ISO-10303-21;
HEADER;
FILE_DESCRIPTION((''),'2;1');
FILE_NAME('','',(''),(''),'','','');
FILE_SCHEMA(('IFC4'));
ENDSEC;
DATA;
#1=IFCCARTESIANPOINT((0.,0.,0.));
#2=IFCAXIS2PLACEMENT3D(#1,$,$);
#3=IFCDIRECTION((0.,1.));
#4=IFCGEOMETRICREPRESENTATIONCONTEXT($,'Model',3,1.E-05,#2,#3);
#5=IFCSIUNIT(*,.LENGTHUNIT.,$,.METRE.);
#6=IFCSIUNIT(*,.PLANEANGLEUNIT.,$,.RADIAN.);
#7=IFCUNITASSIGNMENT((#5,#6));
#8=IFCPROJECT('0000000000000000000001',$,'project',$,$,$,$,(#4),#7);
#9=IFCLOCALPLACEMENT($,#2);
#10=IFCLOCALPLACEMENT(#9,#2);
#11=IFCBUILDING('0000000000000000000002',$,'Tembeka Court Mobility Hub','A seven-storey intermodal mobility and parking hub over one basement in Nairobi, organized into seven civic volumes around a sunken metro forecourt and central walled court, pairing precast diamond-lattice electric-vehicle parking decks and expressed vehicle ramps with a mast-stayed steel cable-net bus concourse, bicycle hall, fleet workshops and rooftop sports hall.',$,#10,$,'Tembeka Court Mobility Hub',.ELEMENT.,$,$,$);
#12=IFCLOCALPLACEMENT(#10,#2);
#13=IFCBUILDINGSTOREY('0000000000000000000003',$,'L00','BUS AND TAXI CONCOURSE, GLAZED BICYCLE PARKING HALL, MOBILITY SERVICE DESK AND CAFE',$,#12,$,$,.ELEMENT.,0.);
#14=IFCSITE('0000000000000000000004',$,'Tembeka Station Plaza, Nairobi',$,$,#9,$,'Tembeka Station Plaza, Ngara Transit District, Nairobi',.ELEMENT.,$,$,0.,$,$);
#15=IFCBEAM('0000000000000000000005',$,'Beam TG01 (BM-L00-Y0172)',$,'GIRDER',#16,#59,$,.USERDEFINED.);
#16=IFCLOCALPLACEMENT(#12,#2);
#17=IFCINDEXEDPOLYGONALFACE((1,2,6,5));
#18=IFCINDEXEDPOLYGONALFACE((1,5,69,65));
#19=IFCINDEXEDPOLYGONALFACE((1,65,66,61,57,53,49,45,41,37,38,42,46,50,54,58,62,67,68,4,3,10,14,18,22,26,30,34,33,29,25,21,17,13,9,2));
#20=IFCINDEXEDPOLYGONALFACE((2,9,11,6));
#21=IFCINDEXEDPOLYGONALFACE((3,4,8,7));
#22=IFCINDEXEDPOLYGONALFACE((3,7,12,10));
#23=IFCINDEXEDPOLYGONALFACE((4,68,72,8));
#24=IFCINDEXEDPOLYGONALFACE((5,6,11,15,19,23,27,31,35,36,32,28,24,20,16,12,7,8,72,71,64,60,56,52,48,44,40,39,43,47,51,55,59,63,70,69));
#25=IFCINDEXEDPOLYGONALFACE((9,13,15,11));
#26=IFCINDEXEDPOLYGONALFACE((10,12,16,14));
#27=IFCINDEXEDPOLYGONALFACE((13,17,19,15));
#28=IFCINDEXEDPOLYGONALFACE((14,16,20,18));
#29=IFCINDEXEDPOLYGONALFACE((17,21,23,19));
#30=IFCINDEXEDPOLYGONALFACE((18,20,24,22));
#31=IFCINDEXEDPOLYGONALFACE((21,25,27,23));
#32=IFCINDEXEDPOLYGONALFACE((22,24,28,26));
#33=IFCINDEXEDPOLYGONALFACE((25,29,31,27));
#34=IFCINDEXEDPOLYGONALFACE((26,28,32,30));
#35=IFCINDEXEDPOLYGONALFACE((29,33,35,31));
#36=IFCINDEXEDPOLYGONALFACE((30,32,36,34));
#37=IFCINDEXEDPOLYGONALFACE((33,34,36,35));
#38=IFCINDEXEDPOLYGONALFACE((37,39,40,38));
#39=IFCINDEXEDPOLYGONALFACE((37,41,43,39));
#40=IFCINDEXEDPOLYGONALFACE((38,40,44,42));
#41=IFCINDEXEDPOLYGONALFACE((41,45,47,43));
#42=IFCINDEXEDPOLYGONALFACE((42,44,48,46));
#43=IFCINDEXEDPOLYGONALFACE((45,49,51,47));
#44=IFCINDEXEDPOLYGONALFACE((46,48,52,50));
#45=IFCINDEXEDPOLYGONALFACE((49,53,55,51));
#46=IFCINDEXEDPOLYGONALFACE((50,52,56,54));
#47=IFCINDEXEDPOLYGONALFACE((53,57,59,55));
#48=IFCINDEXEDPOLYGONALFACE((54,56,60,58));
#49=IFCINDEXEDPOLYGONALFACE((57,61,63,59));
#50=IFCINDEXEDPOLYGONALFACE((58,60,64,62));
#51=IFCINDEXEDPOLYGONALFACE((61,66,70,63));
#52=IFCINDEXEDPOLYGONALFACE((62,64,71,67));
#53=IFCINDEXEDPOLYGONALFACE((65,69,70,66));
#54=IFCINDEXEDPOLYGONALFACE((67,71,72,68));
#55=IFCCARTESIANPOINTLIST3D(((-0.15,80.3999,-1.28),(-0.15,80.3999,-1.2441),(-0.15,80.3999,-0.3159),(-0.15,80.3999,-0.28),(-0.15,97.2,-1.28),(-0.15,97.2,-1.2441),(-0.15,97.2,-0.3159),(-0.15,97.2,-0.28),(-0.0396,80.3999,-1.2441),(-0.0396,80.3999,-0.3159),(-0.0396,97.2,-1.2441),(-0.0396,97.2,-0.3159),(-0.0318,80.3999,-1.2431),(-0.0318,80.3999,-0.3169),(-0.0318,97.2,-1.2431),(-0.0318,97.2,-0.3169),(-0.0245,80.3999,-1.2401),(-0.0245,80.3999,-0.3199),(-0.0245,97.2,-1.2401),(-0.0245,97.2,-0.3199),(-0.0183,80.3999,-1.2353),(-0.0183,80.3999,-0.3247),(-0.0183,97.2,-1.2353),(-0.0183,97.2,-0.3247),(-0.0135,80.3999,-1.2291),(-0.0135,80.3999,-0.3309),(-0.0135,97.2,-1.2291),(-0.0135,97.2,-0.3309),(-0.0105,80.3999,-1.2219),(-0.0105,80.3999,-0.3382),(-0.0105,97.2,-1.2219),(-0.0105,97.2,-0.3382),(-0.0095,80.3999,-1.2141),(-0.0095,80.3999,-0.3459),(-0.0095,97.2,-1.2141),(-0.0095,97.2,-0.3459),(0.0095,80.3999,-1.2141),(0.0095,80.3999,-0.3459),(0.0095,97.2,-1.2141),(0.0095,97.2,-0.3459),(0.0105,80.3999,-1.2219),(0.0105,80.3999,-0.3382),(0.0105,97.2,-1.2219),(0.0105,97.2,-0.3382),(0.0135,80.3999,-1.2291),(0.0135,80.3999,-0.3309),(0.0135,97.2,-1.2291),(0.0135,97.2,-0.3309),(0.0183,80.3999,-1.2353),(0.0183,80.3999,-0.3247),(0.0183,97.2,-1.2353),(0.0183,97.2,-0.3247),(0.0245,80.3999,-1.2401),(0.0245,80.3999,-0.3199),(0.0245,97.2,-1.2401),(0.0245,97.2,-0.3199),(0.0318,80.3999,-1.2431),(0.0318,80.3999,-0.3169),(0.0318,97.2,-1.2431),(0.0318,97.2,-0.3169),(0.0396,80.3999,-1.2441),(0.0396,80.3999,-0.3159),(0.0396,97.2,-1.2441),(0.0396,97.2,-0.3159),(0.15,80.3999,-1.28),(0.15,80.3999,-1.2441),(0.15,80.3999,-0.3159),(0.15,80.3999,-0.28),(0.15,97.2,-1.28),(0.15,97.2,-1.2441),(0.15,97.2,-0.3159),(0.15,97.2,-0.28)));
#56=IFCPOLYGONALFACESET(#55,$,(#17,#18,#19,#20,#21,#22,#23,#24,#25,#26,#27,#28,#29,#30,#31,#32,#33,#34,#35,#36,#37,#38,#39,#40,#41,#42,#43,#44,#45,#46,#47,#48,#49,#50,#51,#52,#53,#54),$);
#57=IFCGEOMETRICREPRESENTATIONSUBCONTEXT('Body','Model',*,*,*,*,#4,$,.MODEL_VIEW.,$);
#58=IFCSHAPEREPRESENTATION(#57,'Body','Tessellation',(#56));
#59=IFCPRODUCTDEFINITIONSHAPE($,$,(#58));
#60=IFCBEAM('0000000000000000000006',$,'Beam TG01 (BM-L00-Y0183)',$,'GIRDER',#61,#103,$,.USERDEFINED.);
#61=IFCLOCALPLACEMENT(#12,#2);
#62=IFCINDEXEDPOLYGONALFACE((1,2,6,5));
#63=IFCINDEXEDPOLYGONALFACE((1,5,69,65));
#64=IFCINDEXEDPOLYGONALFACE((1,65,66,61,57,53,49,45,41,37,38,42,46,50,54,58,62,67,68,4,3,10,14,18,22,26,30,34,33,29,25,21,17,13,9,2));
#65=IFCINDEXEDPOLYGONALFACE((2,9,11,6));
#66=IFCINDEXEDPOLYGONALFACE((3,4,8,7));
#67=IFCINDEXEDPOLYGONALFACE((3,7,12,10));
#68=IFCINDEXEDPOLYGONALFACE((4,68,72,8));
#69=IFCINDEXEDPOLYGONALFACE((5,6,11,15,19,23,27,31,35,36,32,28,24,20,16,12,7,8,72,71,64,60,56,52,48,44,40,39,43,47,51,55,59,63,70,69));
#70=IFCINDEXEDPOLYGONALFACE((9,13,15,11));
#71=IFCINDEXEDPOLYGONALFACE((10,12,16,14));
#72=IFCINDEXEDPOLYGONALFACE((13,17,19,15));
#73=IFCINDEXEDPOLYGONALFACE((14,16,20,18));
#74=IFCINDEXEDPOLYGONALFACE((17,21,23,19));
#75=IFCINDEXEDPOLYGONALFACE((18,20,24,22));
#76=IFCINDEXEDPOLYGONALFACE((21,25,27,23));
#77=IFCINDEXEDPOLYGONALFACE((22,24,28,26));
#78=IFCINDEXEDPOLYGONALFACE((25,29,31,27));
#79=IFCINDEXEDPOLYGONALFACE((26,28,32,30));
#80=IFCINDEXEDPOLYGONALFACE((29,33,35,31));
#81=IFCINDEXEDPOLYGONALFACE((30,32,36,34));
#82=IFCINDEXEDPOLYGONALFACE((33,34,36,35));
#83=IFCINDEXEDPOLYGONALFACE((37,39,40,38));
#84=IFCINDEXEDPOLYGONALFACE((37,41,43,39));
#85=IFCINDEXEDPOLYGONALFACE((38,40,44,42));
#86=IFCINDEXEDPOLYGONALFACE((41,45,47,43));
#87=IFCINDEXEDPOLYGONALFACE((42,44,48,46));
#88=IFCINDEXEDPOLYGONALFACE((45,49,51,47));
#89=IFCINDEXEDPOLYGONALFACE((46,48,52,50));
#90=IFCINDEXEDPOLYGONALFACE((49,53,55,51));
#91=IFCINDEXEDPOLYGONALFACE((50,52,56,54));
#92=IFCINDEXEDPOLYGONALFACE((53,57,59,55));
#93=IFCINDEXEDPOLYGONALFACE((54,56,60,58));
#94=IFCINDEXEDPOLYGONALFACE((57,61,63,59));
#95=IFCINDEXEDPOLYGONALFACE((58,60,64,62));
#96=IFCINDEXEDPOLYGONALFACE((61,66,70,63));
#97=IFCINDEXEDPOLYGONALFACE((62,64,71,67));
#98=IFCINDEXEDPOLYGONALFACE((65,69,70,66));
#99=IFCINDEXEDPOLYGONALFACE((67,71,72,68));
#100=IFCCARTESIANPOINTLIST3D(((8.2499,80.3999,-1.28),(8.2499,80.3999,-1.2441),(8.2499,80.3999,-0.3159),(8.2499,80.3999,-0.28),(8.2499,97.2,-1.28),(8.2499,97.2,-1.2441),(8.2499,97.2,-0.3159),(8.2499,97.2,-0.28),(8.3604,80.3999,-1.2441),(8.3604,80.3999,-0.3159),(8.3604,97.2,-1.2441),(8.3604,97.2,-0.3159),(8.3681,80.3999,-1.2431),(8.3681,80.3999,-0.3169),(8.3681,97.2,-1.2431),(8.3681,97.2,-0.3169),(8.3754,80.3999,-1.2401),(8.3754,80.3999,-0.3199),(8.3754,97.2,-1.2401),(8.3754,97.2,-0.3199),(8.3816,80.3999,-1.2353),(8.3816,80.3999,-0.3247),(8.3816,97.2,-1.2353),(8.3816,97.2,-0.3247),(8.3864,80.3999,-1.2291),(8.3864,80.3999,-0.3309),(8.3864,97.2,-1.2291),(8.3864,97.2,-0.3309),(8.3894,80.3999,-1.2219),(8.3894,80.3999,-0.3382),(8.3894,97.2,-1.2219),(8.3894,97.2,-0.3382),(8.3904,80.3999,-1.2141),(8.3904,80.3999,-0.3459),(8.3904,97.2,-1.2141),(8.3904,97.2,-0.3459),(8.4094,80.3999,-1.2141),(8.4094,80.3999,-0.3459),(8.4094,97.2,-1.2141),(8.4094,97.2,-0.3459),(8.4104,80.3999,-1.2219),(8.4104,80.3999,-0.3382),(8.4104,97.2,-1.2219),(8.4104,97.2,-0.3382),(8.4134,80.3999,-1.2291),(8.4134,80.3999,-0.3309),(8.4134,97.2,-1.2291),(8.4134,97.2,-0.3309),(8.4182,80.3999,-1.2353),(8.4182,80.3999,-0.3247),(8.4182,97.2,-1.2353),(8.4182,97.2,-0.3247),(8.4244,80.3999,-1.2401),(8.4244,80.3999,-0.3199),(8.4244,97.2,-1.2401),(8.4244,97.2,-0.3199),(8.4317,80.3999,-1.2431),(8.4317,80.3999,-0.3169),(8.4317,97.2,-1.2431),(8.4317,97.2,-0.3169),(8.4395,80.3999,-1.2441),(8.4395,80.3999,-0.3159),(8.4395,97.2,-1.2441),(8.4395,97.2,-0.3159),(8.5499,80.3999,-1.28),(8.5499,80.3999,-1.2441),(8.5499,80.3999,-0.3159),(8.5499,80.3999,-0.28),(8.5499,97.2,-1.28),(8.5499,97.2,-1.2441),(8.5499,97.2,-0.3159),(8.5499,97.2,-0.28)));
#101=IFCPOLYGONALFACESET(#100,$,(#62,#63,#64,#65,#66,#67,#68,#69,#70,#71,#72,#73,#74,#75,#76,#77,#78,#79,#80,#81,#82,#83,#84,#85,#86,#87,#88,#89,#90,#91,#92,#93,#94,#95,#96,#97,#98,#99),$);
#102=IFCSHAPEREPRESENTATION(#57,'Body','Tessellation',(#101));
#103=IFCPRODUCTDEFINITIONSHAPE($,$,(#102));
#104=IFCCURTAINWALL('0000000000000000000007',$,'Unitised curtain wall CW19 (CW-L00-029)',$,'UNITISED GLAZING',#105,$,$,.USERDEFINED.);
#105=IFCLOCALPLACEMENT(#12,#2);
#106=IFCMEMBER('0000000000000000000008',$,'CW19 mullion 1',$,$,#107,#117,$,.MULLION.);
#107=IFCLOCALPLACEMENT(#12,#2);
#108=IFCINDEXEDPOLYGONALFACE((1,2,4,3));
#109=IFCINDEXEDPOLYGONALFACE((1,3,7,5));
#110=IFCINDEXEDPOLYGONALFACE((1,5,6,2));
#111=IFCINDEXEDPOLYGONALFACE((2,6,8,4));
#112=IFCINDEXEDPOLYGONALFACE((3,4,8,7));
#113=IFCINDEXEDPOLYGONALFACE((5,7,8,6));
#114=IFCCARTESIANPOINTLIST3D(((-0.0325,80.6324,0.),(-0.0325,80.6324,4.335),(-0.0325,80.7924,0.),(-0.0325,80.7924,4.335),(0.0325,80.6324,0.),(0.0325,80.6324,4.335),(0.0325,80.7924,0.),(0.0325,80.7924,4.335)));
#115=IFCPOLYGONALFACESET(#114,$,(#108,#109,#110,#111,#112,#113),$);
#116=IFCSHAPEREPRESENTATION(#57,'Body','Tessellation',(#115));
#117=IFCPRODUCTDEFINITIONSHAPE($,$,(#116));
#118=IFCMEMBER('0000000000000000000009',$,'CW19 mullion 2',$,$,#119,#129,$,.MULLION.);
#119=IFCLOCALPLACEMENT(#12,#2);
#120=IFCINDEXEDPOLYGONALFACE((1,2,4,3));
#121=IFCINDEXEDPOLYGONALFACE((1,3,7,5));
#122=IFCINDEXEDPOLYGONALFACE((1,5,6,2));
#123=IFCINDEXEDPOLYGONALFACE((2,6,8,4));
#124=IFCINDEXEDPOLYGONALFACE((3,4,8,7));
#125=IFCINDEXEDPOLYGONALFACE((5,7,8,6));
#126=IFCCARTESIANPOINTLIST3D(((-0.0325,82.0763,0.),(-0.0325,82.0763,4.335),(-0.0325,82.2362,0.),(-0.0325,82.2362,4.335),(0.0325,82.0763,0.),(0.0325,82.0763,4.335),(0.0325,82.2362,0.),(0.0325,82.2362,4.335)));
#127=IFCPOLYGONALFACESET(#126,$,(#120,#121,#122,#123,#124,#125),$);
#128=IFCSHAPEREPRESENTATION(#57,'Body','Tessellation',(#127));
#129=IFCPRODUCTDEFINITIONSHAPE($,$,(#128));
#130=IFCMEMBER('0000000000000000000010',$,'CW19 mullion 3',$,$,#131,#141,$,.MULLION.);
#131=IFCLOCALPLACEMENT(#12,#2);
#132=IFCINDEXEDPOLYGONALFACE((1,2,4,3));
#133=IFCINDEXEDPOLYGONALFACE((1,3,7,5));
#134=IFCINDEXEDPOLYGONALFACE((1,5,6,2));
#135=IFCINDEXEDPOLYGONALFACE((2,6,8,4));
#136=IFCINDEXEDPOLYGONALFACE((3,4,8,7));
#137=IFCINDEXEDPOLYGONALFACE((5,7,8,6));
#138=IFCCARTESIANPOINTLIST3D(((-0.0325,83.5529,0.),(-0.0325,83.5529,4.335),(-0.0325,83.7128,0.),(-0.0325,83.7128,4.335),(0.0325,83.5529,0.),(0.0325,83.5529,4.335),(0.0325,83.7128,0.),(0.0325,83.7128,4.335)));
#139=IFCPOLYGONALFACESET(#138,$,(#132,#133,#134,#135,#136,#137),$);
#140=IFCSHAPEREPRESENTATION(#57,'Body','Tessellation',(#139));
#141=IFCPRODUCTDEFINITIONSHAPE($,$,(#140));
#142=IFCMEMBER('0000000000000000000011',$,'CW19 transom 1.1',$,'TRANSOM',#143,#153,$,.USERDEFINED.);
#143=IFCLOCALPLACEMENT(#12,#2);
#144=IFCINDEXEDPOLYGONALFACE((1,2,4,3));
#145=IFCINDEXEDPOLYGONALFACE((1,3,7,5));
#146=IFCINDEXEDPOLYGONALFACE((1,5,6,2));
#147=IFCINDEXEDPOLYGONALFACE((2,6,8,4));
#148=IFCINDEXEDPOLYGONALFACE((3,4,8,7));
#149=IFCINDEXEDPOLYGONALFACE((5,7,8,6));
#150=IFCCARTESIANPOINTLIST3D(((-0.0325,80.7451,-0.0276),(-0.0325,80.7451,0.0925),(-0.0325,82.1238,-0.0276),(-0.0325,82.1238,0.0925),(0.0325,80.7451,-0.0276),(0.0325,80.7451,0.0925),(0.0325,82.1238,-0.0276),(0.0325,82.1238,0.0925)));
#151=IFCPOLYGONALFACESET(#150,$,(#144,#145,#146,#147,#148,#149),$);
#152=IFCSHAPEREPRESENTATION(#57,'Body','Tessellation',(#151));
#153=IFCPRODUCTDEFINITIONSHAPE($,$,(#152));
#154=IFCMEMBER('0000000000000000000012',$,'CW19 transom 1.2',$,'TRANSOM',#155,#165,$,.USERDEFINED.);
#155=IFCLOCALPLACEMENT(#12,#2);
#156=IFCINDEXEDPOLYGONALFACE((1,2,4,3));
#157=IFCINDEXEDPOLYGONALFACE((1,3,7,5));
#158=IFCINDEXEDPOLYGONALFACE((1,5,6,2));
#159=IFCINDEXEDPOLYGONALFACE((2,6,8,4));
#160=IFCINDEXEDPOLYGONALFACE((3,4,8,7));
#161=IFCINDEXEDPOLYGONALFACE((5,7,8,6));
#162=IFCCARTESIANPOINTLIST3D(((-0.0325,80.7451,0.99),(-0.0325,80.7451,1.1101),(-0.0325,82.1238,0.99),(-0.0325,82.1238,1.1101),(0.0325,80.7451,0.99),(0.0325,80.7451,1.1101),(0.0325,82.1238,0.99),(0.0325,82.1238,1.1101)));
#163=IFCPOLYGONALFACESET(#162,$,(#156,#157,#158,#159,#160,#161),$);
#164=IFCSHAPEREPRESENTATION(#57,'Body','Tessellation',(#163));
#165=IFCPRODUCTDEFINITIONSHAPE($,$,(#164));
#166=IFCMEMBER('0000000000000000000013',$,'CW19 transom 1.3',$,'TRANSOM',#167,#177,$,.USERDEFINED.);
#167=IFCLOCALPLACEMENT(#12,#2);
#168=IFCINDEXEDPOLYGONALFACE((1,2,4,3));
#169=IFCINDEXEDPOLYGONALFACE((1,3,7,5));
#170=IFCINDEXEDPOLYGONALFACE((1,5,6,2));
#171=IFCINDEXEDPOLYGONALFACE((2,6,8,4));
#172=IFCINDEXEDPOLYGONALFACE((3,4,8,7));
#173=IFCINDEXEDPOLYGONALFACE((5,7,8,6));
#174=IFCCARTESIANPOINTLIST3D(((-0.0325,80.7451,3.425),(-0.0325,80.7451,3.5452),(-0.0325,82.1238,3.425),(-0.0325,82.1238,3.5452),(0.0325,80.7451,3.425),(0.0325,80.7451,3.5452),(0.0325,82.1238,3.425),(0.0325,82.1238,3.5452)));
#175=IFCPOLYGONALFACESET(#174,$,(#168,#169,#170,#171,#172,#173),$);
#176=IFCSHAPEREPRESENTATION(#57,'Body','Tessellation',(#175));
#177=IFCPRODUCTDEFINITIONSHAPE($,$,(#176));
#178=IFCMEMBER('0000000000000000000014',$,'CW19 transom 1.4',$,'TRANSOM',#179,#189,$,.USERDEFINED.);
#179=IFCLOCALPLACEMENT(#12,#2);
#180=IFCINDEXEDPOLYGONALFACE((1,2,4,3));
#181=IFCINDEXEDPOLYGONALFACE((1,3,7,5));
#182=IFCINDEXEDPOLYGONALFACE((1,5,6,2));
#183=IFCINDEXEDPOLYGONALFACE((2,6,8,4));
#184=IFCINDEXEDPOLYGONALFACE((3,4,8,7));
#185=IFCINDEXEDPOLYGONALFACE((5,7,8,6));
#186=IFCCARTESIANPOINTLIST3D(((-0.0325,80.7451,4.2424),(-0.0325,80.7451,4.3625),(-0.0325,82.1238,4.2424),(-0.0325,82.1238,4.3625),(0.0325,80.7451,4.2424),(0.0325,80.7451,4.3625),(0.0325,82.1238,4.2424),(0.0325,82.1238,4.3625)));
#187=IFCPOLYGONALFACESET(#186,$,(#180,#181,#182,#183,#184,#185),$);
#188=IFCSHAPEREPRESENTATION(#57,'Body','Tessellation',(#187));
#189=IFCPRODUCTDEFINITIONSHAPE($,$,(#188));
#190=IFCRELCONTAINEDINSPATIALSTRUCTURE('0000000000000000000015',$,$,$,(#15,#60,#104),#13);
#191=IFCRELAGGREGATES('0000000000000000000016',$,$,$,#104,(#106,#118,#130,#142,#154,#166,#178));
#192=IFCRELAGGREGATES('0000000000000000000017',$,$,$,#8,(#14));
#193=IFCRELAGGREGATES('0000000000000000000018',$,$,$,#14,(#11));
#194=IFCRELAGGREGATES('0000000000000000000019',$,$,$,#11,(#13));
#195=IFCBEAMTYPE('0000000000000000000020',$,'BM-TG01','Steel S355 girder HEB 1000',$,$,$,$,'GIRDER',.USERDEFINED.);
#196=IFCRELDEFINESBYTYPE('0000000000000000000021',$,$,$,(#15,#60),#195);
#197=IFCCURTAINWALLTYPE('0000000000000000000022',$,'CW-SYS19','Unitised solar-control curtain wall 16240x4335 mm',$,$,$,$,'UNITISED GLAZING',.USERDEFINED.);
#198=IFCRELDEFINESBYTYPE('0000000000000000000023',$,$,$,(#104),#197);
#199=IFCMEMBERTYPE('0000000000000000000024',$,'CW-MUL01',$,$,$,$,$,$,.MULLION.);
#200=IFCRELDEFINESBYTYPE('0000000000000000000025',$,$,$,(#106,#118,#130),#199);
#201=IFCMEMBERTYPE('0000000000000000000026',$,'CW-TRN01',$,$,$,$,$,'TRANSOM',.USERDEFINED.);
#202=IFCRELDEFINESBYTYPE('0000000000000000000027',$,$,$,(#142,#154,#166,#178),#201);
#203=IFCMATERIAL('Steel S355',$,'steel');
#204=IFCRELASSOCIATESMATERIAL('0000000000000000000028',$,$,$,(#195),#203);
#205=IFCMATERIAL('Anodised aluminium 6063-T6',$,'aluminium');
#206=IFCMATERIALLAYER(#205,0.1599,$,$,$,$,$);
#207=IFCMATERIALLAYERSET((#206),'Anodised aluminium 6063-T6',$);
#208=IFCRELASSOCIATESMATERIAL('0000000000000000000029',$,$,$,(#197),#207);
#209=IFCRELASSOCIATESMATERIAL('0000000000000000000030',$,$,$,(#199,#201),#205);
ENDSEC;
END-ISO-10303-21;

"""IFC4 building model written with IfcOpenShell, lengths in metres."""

from ifc_helpers import new_model, si_unit, direction, frame, origin, origin_2d, place, context, subcontext, project, spatial, rectangle, i_section, extrude, material, layer, layer_set, material_profile, profile_set, type_object, element, aggregate, save


model = new_model("IFC4")

# Units and contexts
model_context = context("Model", 3, precision=1e-05, world=origin(), true_north=direction((0.0, 1.0)))
body_context = subcontext(model_context, "Body", "Model", "MODEL_VIEW")
ifc_project = project(units=[si_unit("LENGTHUNIT", "METRE"), si_unit("PLANEANGLEUNIT", "RADIAN")], contexts=[model_context])

# Site, building, storey
site_placement = place(None, origin())
site = spatial("IfcSite", under=ifc_project, at=site_placement, Name="Tembeka Station Plaza, Nairobi", LongName="Tembeka Station Plaza, Ngara Transit District, Nairobi", CompositionType="ELEMENT", RefElevation=0.0)
building_placement = place(site_placement, origin())
building = spatial("IfcBuilding", under=site, at=building_placement, Name="Tembeka Court Mobility Hub", Description="A seven-storey intermodal mobility and parking hub over one basement in Nairobi, organized into seven civic volumes around a sunken metro forecourt and central walled court, pairing precast diamond-lattice electric-vehicle parking decks and expressed vehicle ramps with a mast-stayed steel cable-net bus concourse, bicycle hall, fleet workshops and rooftop sports hall.", LongName="Tembeka Court Mobility Hub", CompositionType="ELEMENT")
storey_placement = place(building_placement, origin())
storey = spatial("IfcBuildingStorey", under=building, at=storey_placement, Name="L00", Description="BUS AND TAXI CONCOURSE, GLAZED BICYCLE PARKING HALL, MOBILITY SERVICE DESK AND CAFE", CompositionType="ELEMENT", Elevation=0.0)

# Shared definitions
ifc_material_1 = material(Name="Steel S355", Category="steel")

# Beams
ifc_material_profile_1 = material_profile(ifc_material_1, i_section(OverallWidth=0.3, OverallDepth=1.0, WebThickness=0.019, FlangeThickness=0.0359, FilletRadius=0.03, at=origin_2d()), Name="HEB 1000")
ifc_profile_set_1 = profile_set([ifc_material_profile_1], Name="Steel S355")
beam_type_1 = type_object("IfcBeamType", Name="BM-TG01", Description="Steel S355 girder HEB 1000", ElementType="GIRDER", PredefinedType="USERDEFINED", material=ifc_profile_set_1)
for number, where, z_axis, x_axis, name in (
    (1, (0.0, 80.3999, -0.78), (0.0, 1.0, 0.0), (-1.0, 0.0, 0.0), "Beam TG01 (BM-L00-Y0172)"),
    (2, (8.3999, 80.3999, -0.78), (0.0, 1.0, 0.0), (-1.0, 0.0, 0.0), "Beam TG01 (BM-L00-Y0183)"),
):
    element("IfcBeam", number, at=place(storey_placement, frame(where, z_axis=z_axis, x_axis=x_axis)), inside=storey, type_object=beam_type_1, Name=name, ObjectType="GIRDER", PredefinedType="USERDEFINED", context=body_context, shape_type="SweptSolid", body=[
        extrude(i_section(OverallWidth=0.3, OverallDepth=1.0, WebThickness=0.019, FlangeThickness=0.0359, FilletRadius=0.03, at=origin_2d()), origin(), (0.0, 0.0, 1.0), 16.8),
    ])

# Curtain wall, members
ifc_material_2 = material(Name="Anodised aluminium 6063-T6", Category="aluminium")
ifc_layer_1 = layer(ifc_material_2, 0.1599)
ifc_layer_set_1 = layer_set([ifc_layer_1], Name="Anodised aluminium 6063-T6")
curtain_wall_type = type_object("IfcCurtainWallType", Name="CW-SYS19", Description="Unitised solar-control curtain wall 16240x4335 mm", ElementType="UNITISED GLAZING", PredefinedType="USERDEFINED", material=ifc_layer_set_1)
curtain_wall_placement = place(storey_placement, origin())
curtain_wall = element("IfcCurtainWall", 3, at=curtain_wall_placement, inside=storey, type_object=curtain_wall_type, Name="Unitised curtain wall CW19 (CW-L00-029)", ObjectType="UNITISED GLAZING", PredefinedType="USERDEFINED")
ifc_material_profile_2 = material_profile(ifc_material_2, rectangle(XDim=0.0649, YDim=0.1599, at=origin_2d()), Name="ALU-MUL 65x160")
ifc_profile_set_2 = profile_set([ifc_material_profile_2], Name="Anodised aluminium 6063-T6")
member_type_1 = type_object("IfcMemberType", Name="CW-MUL01", PredefinedType="MULLION", material=ifc_profile_set_2)
member_1_placement = place(storey_placement, frame((0.0, 80.7124, 0.0), z_axis=(0.0, 0.0, 1.0), x_axis=(-1.0, 0.0, 0.0)))
member_1 = element("IfcMember", 4, at=member_1_placement, type_object=member_type_1, Name="CW19 mullion 1", PredefinedType="MULLION", context=body_context, shape_type="SweptSolid", body=[
    extrude(rectangle(XDim=0.0649, YDim=0.1599, at=origin_2d()), origin(), (0.0, 0.0, 1.0), 4.335),
])
member_2_placement = place(storey_placement, frame((0.0, 82.1562, 0.0), z_axis=(0.0, 0.0, 1.0), x_axis=(-1.0, 0.0, 0.0)))
member_2 = element("IfcMember", 5, at=member_2_placement, type_object=member_type_1, Name="CW19 mullion 2", PredefinedType="MULLION", context=body_context, shape_type="SweptSolid", body=[
    extrude(rectangle(XDim=0.0649, YDim=0.1599, at=origin_2d()), origin(), (0.0, 0.0, 1.0), 4.335),
])
member_3_placement = place(storey_placement, frame((0.0, 83.6328, 0.0), z_axis=(0.0, 0.0, 1.0), x_axis=(-1.0, 0.0, 0.0)))
member_3 = element("IfcMember", 6, at=member_3_placement, type_object=member_type_1, Name="CW19 mullion 3", PredefinedType="MULLION", context=body_context, shape_type="SweptSolid", body=[
    extrude(rectangle(XDim=0.0649, YDim=0.1599, at=origin_2d()), origin(), (0.0, 0.0, 1.0), 4.335),
])
ifc_material_profile_3 = material_profile(ifc_material_2, rectangle(XDim=0.0649, YDim=0.1201, at=origin_2d()), Name="ALU-TRN 65x120")
ifc_profile_set_3 = profile_set([ifc_material_profile_3], Name="Anodised aluminium 6063-T6")
member_type_2 = type_object("IfcMemberType", Name="CW-TRN01", ElementType="TRANSOM", PredefinedType="USERDEFINED", material=ifc_profile_set_3)
member_4_placement = place(storey_placement, frame((0.0, 80.7451, 0.0325), z_axis=(0.0, 1.0, 0.0), x_axis=(-1.0, 0.0, 0.0)))
member_4 = element("IfcMember", 7, at=member_4_placement, type_object=member_type_2, Name="CW19 transom 1.1", ObjectType="TRANSOM", PredefinedType="USERDEFINED", context=body_context, shape_type="SweptSolid", body=[
    extrude(rectangle(XDim=0.0649, YDim=0.1201, at=origin_2d()), origin(), (0.0, 0.0, 1.0), 1.3787),
])
member_5_placement = place(storey_placement, frame((0.0, 80.7451, 1.05), z_axis=(0.0, 1.0, 0.0), x_axis=(-1.0, 0.0, 0.0)))
member_5 = element("IfcMember", 8, at=member_5_placement, type_object=member_type_2, Name="CW19 transom 1.2", ObjectType="TRANSOM", PredefinedType="USERDEFINED", context=body_context, shape_type="SweptSolid", body=[
    extrude(rectangle(XDim=0.0649, YDim=0.1201, at=origin_2d()), origin(), (0.0, 0.0, 1.0), 1.3787),
])
member_6_placement = place(storey_placement, frame((0.0, 80.7451, 3.4851), z_axis=(0.0, 1.0, 0.0), x_axis=(-1.0, 0.0, 0.0)))
member_6 = element("IfcMember", 9, at=member_6_placement, type_object=member_type_2, Name="CW19 transom 1.3", ObjectType="TRANSOM", PredefinedType="USERDEFINED", context=body_context, shape_type="SweptSolid", body=[
    extrude(rectangle(XDim=0.0649, YDim=0.1201, at=origin_2d()), origin(), (0.0, 0.0, 1.0), 1.3787),
])
member_7_placement = place(storey_placement, frame((0.0, 80.7451, 4.3025), z_axis=(0.0, 1.0, 0.0), x_axis=(-1.0, 0.0, 0.0)))
member_7 = element("IfcMember", 10, at=member_7_placement, type_object=member_type_2, Name="CW19 transom 1.4", ObjectType="TRANSOM", PredefinedType="USERDEFINED", context=body_context, shape_type="SweptSolid", body=[
    extrude(rectangle(XDim=0.0649, YDim=0.1201, at=origin_2d()), origin(), (0.0, 0.0, 1.0), 1.3787),
])
aggregate(curtain_wall, [member_1, member_2, member_3, member_4, member_5, member_6, member_7])

save(model, "model.ifc")
